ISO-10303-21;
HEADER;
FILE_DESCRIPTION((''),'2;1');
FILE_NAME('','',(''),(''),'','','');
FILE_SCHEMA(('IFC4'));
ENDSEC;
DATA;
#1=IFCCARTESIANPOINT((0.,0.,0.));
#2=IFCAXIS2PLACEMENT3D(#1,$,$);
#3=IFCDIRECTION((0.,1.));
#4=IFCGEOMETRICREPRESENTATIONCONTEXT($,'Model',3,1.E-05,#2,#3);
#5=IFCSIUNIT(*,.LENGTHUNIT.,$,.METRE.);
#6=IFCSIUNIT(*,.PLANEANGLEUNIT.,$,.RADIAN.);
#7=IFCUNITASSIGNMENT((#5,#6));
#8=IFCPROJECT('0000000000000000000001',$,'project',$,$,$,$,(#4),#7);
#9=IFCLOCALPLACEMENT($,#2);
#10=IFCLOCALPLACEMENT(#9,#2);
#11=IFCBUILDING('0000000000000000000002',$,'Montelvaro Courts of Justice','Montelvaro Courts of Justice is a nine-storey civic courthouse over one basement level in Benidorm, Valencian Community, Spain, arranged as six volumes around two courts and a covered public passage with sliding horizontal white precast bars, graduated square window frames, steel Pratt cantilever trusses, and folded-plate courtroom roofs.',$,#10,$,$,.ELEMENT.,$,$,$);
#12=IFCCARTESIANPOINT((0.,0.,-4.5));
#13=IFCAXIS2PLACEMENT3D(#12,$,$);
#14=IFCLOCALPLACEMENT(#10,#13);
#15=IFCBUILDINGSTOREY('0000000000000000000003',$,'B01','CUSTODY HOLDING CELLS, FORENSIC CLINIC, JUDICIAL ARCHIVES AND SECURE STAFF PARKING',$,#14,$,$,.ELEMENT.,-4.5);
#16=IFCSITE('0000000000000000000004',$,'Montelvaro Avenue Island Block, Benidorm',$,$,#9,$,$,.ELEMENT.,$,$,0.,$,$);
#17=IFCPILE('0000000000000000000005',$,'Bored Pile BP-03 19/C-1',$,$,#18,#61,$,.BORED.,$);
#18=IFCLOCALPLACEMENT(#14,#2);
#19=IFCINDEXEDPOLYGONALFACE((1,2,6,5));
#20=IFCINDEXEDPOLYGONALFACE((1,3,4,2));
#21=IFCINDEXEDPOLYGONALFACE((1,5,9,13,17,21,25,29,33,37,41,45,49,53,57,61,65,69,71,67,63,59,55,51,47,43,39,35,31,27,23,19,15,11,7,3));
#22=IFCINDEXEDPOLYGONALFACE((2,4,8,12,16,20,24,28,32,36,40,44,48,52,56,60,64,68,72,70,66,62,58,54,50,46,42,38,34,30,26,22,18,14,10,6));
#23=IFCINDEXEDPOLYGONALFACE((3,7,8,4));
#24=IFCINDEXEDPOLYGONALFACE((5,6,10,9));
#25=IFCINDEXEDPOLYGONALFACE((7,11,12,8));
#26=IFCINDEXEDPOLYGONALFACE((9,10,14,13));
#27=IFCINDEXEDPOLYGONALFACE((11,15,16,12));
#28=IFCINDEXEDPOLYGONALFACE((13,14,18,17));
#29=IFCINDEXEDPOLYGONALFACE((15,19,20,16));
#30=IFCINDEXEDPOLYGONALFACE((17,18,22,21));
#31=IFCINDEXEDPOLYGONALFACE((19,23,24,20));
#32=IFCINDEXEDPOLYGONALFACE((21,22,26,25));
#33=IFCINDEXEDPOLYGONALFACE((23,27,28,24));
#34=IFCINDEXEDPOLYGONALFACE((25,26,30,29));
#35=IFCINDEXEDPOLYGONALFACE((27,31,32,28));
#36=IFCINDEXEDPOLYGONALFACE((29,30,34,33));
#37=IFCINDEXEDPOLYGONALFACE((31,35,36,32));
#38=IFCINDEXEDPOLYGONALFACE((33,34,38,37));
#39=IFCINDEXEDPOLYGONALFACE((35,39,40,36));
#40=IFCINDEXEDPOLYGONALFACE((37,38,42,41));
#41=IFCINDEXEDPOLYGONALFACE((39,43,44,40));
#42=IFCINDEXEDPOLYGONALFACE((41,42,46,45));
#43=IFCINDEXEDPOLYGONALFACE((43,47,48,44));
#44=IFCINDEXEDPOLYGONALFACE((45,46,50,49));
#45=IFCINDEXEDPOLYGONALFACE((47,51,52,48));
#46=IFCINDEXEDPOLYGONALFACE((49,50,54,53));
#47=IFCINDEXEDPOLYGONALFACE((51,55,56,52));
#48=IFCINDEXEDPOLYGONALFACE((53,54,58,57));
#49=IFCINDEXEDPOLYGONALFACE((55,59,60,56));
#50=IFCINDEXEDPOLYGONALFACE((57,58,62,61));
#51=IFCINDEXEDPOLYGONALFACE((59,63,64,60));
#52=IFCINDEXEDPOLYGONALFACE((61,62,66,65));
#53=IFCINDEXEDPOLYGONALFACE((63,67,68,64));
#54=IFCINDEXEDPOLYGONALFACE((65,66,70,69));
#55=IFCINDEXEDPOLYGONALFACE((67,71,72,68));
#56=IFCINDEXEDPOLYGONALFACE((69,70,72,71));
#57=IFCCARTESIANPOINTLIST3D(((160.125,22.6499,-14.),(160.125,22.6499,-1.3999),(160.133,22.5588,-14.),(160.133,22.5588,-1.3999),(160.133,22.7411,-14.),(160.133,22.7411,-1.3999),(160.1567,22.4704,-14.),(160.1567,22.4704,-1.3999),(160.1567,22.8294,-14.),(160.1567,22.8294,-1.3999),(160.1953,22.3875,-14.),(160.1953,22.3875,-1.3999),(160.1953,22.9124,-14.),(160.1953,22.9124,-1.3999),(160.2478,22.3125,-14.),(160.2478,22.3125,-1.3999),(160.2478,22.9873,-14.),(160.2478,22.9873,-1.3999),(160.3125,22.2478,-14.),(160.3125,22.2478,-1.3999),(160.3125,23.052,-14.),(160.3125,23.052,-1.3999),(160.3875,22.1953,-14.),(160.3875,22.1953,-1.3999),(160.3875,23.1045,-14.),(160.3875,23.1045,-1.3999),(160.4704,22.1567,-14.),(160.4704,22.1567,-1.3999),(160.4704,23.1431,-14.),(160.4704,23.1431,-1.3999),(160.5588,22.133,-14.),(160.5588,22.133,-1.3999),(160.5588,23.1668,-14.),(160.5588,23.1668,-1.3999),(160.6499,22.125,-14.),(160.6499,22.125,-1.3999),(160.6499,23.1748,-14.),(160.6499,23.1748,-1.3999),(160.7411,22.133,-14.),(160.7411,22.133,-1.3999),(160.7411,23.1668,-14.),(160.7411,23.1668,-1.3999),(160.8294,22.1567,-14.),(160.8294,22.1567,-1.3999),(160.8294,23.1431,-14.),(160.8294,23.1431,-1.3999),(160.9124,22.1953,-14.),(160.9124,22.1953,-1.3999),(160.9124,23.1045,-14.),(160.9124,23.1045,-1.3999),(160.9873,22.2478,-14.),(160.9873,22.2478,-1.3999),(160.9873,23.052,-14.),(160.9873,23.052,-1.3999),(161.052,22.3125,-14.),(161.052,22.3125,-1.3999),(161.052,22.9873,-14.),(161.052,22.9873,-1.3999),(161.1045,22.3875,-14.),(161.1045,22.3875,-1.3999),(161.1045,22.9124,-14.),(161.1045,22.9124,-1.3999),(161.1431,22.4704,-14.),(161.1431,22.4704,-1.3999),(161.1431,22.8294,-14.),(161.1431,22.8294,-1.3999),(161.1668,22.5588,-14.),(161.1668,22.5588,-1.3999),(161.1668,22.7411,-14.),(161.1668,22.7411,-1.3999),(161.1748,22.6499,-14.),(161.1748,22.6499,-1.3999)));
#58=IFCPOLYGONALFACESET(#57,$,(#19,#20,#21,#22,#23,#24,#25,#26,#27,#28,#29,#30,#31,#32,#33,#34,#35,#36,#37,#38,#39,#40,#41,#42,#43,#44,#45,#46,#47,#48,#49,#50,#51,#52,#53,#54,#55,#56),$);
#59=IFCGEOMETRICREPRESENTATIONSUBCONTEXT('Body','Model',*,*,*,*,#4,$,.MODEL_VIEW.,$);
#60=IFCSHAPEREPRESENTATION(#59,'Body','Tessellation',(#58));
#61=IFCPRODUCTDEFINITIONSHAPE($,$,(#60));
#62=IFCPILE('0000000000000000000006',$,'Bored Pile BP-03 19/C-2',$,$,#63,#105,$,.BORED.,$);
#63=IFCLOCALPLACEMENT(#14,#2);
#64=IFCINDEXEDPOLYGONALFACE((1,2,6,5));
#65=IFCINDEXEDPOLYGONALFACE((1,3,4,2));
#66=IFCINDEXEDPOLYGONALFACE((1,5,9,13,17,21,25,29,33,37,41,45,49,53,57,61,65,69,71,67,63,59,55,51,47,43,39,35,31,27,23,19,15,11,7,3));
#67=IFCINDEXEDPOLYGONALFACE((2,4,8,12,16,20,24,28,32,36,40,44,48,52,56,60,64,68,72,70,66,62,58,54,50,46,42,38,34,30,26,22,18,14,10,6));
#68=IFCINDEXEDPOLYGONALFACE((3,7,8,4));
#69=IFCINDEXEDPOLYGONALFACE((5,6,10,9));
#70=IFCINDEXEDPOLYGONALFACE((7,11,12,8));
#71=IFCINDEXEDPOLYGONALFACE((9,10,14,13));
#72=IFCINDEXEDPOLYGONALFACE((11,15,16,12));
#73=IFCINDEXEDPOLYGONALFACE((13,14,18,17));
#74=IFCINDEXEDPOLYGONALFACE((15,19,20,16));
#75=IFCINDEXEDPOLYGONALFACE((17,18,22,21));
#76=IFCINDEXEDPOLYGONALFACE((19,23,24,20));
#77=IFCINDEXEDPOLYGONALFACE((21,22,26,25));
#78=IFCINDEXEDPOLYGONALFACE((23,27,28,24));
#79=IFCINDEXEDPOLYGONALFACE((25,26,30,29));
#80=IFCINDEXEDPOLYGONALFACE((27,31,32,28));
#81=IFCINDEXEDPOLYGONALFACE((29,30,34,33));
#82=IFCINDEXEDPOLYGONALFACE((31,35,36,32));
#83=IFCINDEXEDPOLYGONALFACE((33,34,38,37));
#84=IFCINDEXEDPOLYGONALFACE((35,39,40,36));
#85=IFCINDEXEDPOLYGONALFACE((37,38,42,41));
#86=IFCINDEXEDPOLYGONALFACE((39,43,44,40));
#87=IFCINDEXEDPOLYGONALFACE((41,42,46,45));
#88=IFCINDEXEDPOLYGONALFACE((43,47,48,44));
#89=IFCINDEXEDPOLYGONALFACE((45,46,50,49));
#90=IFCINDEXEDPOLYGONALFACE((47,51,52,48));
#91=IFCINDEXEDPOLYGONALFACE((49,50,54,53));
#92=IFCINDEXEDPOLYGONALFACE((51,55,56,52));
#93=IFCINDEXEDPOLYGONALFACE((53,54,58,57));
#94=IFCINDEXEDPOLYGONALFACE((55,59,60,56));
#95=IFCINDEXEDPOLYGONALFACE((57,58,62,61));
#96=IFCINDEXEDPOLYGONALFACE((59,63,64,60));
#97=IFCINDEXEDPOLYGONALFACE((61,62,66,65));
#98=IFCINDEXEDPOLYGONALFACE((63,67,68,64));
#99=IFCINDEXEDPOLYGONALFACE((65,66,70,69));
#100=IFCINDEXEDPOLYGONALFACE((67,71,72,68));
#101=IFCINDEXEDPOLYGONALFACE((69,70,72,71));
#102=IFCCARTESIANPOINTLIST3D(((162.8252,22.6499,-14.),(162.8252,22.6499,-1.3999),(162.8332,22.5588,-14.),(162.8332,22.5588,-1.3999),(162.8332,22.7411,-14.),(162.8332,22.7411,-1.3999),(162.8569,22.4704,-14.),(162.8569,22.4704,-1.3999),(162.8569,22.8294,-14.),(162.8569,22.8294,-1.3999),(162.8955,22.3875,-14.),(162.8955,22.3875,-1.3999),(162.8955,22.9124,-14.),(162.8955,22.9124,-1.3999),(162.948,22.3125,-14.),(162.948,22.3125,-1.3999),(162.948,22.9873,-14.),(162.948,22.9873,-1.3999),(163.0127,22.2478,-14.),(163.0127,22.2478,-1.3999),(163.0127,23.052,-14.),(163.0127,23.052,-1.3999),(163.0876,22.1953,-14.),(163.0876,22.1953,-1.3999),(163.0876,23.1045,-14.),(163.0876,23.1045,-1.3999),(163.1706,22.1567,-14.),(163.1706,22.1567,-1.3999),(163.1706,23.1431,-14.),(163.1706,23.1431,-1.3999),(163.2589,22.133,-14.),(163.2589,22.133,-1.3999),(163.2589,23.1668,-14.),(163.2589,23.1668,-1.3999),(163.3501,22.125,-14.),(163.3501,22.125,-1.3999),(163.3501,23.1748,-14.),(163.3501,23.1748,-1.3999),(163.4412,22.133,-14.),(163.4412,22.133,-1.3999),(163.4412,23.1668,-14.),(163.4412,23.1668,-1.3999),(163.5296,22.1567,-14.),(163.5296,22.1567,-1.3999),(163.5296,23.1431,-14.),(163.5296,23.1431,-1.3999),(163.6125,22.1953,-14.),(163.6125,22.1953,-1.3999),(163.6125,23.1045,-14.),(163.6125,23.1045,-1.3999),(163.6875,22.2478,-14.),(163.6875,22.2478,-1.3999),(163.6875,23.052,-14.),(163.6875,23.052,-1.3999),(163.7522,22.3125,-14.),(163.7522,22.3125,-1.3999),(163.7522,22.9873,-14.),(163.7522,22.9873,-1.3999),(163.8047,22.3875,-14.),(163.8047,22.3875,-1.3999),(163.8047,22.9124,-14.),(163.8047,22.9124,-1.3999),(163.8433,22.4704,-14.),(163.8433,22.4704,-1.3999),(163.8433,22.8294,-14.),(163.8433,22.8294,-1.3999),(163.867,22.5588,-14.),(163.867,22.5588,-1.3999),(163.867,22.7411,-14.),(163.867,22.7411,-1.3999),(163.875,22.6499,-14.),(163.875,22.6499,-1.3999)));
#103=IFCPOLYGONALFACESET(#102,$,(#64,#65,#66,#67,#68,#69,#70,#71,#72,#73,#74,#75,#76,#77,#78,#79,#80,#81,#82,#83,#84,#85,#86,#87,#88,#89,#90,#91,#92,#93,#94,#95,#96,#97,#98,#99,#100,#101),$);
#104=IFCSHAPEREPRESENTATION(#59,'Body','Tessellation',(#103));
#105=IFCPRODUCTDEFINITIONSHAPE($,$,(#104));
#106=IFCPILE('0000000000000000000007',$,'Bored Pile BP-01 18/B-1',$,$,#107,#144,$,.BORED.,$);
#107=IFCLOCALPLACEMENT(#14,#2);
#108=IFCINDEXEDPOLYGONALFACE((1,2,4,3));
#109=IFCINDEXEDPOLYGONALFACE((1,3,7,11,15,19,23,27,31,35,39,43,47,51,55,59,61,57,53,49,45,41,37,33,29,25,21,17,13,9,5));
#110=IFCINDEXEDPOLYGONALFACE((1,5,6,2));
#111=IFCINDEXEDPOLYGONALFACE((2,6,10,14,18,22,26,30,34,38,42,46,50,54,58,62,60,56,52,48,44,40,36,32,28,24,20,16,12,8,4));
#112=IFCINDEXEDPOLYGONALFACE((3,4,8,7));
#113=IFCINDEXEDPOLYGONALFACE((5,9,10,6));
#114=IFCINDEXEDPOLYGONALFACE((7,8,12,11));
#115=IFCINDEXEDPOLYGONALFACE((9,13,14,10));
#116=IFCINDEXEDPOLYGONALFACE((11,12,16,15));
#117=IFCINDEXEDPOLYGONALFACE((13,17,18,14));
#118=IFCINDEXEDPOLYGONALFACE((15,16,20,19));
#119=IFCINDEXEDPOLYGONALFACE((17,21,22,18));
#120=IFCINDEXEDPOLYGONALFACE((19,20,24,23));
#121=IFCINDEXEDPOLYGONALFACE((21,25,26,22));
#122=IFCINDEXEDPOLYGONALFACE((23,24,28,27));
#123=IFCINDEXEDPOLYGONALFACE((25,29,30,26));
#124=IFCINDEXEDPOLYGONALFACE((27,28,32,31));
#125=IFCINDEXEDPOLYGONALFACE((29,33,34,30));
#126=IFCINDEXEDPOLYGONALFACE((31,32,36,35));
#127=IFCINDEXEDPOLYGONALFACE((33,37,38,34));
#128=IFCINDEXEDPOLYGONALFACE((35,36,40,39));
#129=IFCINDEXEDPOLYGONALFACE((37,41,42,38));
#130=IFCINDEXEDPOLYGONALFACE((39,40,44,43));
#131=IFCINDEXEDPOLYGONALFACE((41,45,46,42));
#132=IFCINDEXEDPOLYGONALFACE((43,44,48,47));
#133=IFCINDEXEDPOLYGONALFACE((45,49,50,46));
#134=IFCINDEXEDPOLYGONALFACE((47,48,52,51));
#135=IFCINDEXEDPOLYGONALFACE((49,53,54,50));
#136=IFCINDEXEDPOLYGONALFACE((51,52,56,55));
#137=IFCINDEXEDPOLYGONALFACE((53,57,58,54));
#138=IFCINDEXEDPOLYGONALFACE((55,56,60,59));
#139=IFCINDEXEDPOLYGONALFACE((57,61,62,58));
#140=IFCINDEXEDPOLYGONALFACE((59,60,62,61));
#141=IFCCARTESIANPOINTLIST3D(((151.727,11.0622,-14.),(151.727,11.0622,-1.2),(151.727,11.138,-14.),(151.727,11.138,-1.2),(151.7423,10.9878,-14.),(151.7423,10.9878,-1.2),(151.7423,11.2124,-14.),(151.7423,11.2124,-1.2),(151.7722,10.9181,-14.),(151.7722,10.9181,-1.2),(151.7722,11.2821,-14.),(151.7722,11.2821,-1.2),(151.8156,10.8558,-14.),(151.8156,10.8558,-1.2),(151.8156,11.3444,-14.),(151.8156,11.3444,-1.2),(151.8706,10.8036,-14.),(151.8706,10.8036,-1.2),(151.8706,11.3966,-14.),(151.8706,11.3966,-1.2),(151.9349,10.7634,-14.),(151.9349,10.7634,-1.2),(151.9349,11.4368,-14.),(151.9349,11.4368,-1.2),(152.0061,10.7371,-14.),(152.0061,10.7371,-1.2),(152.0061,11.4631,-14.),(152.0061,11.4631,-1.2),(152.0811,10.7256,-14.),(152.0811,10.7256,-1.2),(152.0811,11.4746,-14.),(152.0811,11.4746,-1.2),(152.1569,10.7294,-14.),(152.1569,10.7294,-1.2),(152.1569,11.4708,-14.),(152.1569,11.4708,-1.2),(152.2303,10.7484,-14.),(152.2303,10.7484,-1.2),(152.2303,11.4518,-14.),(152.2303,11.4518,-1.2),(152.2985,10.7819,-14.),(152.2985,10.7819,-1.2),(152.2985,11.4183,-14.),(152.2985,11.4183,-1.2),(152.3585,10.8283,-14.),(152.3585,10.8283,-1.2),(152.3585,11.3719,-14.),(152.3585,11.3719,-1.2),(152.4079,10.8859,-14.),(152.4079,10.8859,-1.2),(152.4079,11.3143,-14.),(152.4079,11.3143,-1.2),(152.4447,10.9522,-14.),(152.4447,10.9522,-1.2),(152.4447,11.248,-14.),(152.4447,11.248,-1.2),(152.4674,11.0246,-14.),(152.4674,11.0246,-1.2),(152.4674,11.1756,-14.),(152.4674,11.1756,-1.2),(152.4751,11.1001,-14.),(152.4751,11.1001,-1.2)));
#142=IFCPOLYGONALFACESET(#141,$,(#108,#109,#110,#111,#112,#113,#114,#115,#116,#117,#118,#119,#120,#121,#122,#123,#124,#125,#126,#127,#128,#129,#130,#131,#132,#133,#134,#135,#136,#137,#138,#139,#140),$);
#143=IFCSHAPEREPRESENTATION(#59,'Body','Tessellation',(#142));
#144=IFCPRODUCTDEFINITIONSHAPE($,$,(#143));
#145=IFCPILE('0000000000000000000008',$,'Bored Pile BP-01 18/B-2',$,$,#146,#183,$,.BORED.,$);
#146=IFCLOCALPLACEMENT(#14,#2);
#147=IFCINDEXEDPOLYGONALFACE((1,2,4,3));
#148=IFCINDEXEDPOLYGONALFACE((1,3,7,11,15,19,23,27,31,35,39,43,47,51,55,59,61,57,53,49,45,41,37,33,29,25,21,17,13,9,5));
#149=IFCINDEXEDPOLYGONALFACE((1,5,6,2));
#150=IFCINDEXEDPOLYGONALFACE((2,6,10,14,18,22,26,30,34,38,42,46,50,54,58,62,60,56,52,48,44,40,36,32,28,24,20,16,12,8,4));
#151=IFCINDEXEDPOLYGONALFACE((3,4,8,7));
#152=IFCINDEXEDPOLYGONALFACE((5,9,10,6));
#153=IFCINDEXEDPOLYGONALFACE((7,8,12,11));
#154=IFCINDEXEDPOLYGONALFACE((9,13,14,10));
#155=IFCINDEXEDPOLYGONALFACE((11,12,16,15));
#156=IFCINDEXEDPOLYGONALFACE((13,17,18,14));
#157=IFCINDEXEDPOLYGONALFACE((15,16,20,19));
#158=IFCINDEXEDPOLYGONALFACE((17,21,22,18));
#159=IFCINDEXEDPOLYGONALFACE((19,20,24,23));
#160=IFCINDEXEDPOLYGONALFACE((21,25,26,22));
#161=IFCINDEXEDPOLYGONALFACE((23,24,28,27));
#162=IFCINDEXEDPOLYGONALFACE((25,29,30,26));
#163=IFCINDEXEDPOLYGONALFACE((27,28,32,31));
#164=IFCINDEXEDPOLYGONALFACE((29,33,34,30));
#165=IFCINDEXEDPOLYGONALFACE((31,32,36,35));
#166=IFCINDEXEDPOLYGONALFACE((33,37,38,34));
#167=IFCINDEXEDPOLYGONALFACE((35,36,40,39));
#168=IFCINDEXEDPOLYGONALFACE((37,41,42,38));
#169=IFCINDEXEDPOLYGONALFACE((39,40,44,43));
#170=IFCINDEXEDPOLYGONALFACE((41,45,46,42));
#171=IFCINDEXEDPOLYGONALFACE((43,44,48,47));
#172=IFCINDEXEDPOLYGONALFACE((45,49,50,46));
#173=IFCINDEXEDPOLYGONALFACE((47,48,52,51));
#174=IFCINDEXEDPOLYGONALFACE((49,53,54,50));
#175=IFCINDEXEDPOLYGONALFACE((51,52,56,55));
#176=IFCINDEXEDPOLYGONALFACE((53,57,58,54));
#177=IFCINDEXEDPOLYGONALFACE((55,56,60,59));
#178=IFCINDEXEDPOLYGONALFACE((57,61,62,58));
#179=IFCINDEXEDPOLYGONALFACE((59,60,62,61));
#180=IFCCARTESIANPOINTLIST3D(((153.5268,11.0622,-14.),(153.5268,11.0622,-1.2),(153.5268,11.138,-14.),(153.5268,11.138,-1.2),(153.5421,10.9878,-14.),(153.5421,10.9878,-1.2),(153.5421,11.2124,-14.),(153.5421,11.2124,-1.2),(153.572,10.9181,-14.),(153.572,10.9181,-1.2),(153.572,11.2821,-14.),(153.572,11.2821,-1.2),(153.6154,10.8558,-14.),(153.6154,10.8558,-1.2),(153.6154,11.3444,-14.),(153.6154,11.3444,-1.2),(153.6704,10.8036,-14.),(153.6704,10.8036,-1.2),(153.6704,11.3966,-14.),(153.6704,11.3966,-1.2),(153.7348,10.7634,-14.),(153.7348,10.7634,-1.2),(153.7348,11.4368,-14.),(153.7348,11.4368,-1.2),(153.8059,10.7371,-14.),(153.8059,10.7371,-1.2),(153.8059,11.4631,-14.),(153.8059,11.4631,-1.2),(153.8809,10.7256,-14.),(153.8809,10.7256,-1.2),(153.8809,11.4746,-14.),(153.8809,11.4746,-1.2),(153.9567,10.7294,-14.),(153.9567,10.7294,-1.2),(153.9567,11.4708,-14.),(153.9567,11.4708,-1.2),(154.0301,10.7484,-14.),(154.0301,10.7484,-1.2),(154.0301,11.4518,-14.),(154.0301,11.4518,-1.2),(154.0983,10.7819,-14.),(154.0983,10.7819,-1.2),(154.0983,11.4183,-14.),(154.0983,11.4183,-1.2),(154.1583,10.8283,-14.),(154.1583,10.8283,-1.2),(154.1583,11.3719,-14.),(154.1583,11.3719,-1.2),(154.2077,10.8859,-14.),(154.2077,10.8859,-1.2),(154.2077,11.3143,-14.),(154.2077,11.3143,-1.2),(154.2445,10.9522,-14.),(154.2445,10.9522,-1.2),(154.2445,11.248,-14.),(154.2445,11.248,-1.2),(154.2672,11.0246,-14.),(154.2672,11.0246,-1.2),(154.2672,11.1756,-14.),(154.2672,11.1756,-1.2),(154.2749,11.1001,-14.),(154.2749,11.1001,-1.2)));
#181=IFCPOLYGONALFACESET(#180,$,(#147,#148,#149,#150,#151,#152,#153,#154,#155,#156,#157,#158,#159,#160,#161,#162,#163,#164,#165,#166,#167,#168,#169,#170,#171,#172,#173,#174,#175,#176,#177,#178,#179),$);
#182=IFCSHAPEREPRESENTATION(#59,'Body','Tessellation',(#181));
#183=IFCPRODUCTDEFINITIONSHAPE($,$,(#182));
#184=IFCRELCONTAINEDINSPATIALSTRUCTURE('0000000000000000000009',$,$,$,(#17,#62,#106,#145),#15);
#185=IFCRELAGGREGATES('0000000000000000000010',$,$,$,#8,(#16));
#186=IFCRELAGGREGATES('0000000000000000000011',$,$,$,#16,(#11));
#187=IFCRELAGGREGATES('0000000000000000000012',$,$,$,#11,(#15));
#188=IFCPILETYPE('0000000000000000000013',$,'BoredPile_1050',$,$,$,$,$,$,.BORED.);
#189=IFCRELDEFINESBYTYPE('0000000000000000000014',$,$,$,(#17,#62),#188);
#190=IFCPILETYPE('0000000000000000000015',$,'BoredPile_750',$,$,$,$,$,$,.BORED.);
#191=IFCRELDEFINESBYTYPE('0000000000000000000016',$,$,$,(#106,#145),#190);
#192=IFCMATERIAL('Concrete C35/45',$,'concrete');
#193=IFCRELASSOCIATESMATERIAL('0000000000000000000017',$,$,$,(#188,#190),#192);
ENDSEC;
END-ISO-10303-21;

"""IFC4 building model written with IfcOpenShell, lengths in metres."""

from ifc_helpers import new_model, si_unit, direction, frame, origin, origin_2d, place, context, subcontext, project, spatial, circle, extrude, material, material_profile, profile_set, type_object, element, save


model = new_model("IFC4")

# Units and contexts
model_context = context("Model", 3, precision=1e-05, world=origin(), true_north=direction((0.0, 1.0)))
body_context = subcontext(model_context, "Body", "Model", "MODEL_VIEW")
ifc_project = project(units=[si_unit("LENGTHUNIT", "METRE"), si_unit("PLANEANGLEUNIT", "RADIAN")], contexts=[model_context])

# Site, building, storey
site_placement = place(None, origin())
site = spatial("IfcSite", under=ifc_project, at=site_placement, Name="Montelvaro Avenue Island Block, Benidorm", CompositionType="ELEMENT", RefElevation=0.0)
building_placement = place(site_placement, origin())
building = spatial("IfcBuilding", under=site, at=building_placement, Name="Montelvaro Courts of Justice", Description="Montelvaro Courts of Justice is a nine-storey civic courthouse over one basement level in Benidorm, Valencian Community, Spain, arranged as six volumes around two courts and a covered public passage with sliding horizontal white precast bars, graduated square window frames, steel Pratt cantilever trusses, and folded-plate courtroom roofs.", CompositionType="ELEMENT")
storey_placement = place(building_placement, frame((0.0, 0.0, -4.5)))
storey = spatial("IfcBuildingStorey", under=building, at=storey_placement, Name="B01", Description="CUSTODY HOLDING CELLS, FORENSIC CLINIC, JUDICIAL ARCHIVES AND SECURE STAFF PARKING", CompositionType="ELEMENT", Elevation=-4.5)

# Piles
ifc_material_1 = material(Name="Concrete C35/45", Category="concrete")
ifc_material_profile_1 = material_profile(ifc_material_1, circle(Radius=0.5249, at=origin_2d()), Name="BORED PILE D1050")
ifc_profile_set_1 = profile_set([ifc_material_profile_1], Name="Concrete C35/45")
pile_type_1 = type_object("IfcPileType", Name="BoredPile_1050", PredefinedType="BORED", material=ifc_profile_set_1)
for number, where, z_axis, x_axis, name in (
    (1, (160.6499, 22.6499, -1.3999), (0.0, 0.0, -1.0), (1.0, 0.0, 0.0), "Bored Pile BP-03 19/C-1"),
    (2, (163.3501, 22.6499, -1.3999), (0.0, 0.0, -1.0), (1.0, 0.0, 0.0), "Bored Pile BP-03 19/C-2"),
):
    element("IfcPile", number, at=place(storey_placement, frame(where, z_axis=z_axis, x_axis=x_axis)), inside=storey, type_object=pile_type_1, Name=name, PredefinedType="BORED", context=body_context, shape_type="SweptSolid", body=[
        extrude(circle(Radius=0.5249, at=origin_2d()), origin(), (0.0, 0.0, 1.0), 12.6001),
    ])
ifc_material_profile_2 = material_profile(ifc_material_1, circle(Radius=0.375, at=origin_2d()), Name="BORED PILE D750")
ifc_profile_set_2 = profile_set([ifc_material_profile_2], Name="Concrete C35/45")
pile_type_2 = type_object("IfcPileType", Name="BoredPile_750", PredefinedType="BORED", material=ifc_profile_set_2)
for number, where, z_axis, x_axis, name in (
    (3, (152.1001, 11.1001, -1.2), (0.0, 0.0, -1.0), (1.0, 0.0, 0.0), "Bored Pile BP-01 18/B-1"),
    (4, (153.8999, 11.1001, -1.2), (0.0, 0.0, -1.0), (1.0, 0.0, 0.0), "Bored Pile BP-01 18/B-2"),
):
    element("IfcPile", number, at=place(storey_placement, frame(where, z_axis=z_axis, x_axis=x_axis)), inside=storey, type_object=pile_type_2, Name=name, PredefinedType="BORED", context=body_context, shape_type="SweptSolid", body=[
        extrude(circle(Radius=0.375, at=origin_2d()), origin(), (0.0, 0.0, 1.0), 12.8),
    ])

save(model, "model.ifc")
